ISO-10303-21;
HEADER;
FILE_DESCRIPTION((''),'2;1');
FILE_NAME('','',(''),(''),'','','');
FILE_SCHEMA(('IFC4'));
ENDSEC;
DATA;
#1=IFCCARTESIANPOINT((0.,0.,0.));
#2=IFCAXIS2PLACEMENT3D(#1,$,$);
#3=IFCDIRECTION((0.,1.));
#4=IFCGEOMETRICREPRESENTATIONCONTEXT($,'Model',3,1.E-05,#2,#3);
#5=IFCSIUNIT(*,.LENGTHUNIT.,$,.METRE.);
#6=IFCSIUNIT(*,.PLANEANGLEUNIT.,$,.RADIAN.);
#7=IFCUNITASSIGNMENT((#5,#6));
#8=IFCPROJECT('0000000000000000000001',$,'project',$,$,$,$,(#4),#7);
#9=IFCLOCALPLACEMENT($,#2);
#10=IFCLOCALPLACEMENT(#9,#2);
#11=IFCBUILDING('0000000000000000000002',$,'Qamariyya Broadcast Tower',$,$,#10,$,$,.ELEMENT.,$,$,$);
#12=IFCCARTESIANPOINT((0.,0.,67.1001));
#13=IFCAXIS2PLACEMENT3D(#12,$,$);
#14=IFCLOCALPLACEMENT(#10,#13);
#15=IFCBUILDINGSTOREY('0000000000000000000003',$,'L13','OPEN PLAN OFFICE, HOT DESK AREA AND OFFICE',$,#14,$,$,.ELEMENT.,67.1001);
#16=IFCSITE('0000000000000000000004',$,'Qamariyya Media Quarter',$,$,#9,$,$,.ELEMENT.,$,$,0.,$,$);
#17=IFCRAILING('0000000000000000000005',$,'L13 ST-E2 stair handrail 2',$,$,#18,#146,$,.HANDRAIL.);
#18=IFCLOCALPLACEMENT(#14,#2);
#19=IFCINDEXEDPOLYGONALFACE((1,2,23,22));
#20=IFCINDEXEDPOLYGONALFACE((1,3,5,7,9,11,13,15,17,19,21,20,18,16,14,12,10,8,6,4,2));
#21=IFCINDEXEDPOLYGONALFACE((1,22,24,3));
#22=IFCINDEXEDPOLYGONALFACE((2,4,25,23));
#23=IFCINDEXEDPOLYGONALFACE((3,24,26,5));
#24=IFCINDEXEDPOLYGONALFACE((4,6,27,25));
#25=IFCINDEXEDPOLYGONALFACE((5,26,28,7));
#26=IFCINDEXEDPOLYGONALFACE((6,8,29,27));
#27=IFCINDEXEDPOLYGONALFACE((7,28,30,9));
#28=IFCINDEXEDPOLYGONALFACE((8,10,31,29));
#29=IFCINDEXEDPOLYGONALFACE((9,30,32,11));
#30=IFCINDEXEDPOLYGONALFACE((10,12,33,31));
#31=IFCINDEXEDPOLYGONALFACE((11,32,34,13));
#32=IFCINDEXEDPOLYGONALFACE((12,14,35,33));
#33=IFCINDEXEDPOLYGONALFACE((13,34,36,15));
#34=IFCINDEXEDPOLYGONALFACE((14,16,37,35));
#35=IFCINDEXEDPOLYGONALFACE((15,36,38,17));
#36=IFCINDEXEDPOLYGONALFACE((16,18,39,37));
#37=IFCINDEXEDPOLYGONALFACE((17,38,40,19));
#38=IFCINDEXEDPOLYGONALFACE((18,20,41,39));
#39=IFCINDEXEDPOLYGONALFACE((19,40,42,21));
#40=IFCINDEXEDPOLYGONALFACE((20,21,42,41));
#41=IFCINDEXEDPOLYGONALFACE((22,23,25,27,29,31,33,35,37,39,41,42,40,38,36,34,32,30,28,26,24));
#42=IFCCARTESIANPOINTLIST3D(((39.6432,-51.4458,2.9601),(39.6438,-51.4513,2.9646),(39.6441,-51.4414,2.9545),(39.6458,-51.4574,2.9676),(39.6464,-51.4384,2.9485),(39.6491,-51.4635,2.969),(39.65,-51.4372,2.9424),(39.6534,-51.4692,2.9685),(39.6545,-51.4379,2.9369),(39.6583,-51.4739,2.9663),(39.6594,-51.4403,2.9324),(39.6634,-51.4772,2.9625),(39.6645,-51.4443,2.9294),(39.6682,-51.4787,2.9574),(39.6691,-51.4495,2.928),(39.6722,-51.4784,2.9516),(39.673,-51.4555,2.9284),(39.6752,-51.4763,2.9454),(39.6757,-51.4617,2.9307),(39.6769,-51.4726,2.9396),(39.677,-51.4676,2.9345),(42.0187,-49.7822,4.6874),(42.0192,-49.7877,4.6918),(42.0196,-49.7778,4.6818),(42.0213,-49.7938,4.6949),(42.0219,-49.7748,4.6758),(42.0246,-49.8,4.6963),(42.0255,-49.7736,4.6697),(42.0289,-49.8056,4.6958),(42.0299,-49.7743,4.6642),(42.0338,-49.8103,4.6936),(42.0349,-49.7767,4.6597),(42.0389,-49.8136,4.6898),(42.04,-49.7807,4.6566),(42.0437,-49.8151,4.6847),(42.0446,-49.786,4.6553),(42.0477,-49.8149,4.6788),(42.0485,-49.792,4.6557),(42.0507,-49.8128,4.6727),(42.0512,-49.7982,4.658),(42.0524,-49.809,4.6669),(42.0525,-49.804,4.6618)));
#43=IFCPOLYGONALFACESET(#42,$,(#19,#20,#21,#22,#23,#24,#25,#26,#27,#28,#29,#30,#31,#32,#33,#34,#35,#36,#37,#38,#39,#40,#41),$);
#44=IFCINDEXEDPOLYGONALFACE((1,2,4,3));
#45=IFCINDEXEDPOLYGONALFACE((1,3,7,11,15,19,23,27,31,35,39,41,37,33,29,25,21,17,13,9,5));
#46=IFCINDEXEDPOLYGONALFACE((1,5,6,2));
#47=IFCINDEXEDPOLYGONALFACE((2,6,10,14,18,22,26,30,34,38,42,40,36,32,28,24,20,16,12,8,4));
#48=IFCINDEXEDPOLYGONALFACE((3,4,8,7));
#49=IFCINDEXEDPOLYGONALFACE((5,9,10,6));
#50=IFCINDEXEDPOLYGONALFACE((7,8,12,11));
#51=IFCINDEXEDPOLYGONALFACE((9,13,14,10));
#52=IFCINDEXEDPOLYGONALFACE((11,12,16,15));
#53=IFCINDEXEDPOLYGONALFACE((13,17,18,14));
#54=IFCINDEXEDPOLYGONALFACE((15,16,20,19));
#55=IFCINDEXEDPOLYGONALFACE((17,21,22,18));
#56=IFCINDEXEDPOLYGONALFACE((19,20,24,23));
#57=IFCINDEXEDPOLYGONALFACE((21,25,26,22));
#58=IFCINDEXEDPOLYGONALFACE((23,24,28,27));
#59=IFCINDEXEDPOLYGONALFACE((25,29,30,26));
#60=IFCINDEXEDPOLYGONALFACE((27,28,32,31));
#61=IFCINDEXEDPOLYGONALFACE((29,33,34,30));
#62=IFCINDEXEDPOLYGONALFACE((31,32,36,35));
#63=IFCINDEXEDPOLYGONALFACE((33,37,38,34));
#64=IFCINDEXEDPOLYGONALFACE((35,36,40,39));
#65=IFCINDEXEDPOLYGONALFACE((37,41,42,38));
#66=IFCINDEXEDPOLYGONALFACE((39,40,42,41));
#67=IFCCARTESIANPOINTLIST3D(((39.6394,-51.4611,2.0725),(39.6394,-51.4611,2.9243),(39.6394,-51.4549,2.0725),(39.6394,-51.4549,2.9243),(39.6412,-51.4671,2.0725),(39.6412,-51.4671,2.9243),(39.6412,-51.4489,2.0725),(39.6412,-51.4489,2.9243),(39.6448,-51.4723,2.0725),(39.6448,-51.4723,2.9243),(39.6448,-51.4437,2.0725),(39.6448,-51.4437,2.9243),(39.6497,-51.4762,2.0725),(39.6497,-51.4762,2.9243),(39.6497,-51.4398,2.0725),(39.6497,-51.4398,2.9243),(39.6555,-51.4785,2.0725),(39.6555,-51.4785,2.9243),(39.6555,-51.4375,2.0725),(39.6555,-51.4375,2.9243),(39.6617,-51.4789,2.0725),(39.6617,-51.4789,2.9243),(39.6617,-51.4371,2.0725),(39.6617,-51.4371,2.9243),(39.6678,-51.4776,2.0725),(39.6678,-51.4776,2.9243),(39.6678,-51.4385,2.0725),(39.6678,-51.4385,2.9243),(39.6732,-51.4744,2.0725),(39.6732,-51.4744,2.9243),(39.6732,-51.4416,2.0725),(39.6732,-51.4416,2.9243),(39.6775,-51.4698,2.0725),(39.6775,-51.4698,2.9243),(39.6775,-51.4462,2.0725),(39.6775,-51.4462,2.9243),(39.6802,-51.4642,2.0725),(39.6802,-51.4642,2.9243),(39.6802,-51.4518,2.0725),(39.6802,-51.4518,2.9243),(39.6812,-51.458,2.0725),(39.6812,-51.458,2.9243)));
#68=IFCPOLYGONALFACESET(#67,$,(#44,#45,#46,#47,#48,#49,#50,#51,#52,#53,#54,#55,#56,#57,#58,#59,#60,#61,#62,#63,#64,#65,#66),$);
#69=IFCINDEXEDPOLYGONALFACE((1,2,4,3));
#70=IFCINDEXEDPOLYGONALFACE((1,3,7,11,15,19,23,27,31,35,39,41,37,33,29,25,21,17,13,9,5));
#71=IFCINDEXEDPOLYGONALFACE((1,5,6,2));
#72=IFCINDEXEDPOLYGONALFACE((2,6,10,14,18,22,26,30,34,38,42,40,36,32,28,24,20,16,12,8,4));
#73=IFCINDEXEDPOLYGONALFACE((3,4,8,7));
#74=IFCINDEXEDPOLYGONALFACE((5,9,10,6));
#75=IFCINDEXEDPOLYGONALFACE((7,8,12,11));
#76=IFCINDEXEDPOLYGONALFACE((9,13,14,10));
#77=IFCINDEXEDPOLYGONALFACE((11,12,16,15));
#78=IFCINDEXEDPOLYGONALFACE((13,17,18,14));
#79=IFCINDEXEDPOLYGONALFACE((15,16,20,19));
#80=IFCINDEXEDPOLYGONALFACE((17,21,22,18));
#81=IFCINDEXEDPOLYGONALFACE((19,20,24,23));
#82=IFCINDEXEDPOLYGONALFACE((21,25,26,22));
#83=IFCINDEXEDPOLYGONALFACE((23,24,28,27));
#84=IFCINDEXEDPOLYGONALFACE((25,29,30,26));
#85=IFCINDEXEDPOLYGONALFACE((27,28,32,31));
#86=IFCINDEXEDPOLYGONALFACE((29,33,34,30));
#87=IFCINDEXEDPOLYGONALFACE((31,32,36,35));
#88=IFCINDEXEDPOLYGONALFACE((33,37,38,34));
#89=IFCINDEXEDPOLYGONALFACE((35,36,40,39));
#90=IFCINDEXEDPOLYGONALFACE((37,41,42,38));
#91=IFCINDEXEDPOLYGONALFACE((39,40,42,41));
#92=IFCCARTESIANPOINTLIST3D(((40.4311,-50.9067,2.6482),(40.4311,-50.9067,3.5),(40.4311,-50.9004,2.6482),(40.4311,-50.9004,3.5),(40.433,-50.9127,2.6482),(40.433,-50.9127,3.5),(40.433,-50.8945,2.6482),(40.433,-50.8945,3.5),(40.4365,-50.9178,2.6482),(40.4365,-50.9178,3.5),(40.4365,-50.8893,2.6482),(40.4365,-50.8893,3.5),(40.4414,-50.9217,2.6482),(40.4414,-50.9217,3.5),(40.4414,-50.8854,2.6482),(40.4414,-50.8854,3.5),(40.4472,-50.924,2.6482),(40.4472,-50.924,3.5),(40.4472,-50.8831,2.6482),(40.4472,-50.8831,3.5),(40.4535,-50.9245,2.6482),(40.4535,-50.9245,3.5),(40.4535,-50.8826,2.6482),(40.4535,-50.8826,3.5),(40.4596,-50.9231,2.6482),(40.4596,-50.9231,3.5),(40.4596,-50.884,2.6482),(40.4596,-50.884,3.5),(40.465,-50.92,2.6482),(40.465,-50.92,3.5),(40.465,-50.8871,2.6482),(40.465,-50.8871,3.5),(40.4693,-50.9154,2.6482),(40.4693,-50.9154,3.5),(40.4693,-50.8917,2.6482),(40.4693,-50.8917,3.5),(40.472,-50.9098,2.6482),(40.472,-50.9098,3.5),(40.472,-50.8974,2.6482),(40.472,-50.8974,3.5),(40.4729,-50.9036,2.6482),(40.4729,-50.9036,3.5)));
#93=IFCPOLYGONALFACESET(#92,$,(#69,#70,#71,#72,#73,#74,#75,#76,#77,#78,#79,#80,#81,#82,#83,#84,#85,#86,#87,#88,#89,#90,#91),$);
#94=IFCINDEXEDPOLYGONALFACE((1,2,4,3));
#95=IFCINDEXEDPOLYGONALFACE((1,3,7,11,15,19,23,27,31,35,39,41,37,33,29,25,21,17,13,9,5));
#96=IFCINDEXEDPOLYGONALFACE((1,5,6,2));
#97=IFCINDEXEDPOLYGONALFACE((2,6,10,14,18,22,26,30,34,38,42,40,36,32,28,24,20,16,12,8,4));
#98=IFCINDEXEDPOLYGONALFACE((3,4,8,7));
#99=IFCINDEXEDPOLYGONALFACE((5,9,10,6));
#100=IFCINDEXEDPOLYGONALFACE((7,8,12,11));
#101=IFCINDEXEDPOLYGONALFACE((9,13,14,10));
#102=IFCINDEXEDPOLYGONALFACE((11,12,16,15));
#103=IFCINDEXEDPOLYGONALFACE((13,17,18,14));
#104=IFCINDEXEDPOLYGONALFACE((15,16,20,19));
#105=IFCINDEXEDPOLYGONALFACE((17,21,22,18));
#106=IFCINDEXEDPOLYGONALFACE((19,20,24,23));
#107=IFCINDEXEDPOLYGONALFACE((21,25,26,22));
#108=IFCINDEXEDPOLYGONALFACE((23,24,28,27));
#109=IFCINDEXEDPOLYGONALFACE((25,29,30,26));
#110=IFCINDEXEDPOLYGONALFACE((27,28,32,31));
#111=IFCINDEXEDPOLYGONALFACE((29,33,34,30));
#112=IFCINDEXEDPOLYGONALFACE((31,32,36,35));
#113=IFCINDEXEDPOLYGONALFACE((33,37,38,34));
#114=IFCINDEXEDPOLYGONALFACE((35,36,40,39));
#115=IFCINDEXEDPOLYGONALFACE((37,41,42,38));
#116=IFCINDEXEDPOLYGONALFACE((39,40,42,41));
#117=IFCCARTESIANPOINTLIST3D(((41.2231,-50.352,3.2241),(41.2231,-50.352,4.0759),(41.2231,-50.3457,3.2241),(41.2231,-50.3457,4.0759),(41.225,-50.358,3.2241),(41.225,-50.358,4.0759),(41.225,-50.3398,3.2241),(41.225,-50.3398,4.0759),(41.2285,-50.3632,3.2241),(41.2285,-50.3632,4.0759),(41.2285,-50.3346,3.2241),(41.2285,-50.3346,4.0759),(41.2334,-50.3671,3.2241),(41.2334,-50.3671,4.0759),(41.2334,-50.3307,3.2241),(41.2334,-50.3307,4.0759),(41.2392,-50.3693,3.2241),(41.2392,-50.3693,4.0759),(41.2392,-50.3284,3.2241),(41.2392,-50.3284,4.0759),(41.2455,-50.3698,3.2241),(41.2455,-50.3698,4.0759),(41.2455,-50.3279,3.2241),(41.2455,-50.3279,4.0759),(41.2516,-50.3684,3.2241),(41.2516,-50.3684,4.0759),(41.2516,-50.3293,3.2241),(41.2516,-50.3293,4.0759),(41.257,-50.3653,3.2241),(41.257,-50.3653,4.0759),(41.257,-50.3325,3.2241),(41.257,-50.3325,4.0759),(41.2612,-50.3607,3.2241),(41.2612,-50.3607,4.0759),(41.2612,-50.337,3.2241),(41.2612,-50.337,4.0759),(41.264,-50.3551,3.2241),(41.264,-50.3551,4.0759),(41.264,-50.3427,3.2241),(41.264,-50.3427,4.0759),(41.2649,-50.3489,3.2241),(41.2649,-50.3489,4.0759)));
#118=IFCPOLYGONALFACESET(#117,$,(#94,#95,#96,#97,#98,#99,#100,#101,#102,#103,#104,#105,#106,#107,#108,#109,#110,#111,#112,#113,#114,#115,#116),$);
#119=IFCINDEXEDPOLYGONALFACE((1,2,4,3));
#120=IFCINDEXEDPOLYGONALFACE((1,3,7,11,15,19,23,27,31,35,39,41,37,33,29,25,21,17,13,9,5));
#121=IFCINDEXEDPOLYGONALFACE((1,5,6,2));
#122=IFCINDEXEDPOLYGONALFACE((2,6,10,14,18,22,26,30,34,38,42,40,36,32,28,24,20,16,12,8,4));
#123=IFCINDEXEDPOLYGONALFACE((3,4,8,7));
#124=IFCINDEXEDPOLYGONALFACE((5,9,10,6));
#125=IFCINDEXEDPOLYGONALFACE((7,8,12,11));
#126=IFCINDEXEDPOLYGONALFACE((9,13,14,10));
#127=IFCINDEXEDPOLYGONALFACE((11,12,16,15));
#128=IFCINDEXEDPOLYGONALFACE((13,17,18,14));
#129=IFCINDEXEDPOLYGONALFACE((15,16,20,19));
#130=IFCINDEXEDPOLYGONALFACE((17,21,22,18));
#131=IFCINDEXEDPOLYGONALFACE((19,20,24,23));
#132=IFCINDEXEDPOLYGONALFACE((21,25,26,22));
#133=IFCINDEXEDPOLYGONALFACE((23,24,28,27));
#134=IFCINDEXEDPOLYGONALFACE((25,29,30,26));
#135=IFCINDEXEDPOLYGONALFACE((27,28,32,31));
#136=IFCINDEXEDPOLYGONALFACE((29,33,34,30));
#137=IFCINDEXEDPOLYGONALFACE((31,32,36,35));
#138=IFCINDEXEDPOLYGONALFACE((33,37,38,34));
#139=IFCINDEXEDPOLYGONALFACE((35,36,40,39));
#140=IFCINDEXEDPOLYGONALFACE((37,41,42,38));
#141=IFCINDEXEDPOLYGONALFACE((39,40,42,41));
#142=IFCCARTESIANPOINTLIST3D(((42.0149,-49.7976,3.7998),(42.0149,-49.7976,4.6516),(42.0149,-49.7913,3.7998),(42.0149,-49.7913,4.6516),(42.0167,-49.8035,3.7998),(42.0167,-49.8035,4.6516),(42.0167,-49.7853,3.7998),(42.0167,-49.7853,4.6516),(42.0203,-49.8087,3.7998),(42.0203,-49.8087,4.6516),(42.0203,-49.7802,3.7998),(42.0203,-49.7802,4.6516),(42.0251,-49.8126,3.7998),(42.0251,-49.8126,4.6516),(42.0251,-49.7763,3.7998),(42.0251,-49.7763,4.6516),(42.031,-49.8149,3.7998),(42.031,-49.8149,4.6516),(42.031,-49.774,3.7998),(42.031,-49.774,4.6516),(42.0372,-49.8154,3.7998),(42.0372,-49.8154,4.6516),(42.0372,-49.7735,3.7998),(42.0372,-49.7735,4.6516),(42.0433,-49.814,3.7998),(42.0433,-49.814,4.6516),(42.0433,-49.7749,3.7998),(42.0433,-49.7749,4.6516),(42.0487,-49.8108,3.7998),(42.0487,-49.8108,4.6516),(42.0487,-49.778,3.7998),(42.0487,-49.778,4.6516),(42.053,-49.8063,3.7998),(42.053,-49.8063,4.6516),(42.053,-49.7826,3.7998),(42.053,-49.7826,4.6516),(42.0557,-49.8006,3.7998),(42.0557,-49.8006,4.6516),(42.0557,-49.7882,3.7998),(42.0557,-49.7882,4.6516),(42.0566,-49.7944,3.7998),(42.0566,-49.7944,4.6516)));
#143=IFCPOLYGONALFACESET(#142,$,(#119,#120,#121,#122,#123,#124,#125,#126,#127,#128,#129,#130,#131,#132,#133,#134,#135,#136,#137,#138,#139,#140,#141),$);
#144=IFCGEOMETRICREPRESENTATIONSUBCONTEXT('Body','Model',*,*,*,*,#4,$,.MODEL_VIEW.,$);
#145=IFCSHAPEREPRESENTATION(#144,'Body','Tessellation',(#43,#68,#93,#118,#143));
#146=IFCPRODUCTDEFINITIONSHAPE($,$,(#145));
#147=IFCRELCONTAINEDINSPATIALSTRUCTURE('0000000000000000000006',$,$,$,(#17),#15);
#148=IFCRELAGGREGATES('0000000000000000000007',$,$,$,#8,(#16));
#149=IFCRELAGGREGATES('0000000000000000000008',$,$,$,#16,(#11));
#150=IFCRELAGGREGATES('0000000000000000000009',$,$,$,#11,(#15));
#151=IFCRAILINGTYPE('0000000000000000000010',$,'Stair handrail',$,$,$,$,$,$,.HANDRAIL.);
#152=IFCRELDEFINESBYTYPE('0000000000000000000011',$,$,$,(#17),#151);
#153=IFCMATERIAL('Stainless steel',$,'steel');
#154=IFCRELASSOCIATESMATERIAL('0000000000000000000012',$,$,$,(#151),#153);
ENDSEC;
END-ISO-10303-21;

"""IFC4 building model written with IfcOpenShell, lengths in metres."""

from ifc_helpers import new_model, si_unit, direction, frame, origin, origin_2d, place, context, subcontext, project, spatial, circle, extrude, material, type_object, element, save


model = new_model("IFC4")

# Units and contexts
model_context = context("Model", 3, precision=1e-05, world=origin(), true_north=direction((0.0, 1.0)))
body_context = subcontext(model_context, "Body", "Model", "MODEL_VIEW")
ifc_project = project(units=[si_unit("LENGTHUNIT", "METRE"), si_unit("PLANEANGLEUNIT", "RADIAN")], contexts=[model_context])

# Site, building, storey
site_placement = place(None, origin())
site = spatial("IfcSite", under=ifc_project, at=site_placement, Name="Qamariyya Media Quarter", CompositionType="ELEMENT", RefElevation=0.0)
building_placement = place(site_placement, origin())
building = spatial("IfcBuilding", under=site, at=building_placement, Name="Qamariyya Broadcast Tower", CompositionType="ELEMENT")
storey_placement = place(building_placement, frame((0.0, 0.0, 67.1001)))
storey = spatial("IfcBuildingStorey", under=building, at=storey_placement, Name="L13", Description="OPEN PLAN OFFICE, HOT DESK AREA AND OFFICE", CompositionType="ELEMENT", Elevation=67.1001)

# Railing
ifc_material_1 = material(Name="Stainless steel", Category="steel")
railing_type_1 = type_object("IfcRailingType", Name="Stair handrail", PredefinedType="HANDRAIL", material=ifc_material_1)
railing_1_placement = place(storey_placement, frame((39.6602, -51.458, 2.0725)))
element("IfcRailing", 1, at=railing_1_placement, inside=storey, type_object=railing_type_1, Name="L13 ST-E2 stair handrail 2", PredefinedType="HANDRAIL", context=body_context, shape_type="SweptSolid", body=[
    extrude(circle(Radius=0.0239, at=origin_2d()), frame((0.0, 0.0, 0.876), z_axis=(0.703745, 0.492838, 0.511716), x_axis=(-0.573632, 0.819113, 0.0)), (0.0, 0.0, 1.0), 3.3755),
    extrude(circle(Radius=0.021, at=origin_2d()), origin(), (0.0, 0.0, 1.0), 0.8518),
    extrude(circle(Radius=0.021, at=origin_2d()), frame((0.7917, 0.5544, 0.5757)), (0.0, 0.0, 1.0), 0.8518),
    extrude(circle(Radius=0.021, at=origin_2d()), frame((1.5837, 1.1091, 1.1516)), (0.0, 0.0, 1.0), 0.8518),
    extrude(circle(Radius=0.021, at=origin_2d()), frame((2.3755, 1.6636, 1.7273)), (0.0, 0.0, 1.0), 0.8518),
])

save(model, "model.ifc")
